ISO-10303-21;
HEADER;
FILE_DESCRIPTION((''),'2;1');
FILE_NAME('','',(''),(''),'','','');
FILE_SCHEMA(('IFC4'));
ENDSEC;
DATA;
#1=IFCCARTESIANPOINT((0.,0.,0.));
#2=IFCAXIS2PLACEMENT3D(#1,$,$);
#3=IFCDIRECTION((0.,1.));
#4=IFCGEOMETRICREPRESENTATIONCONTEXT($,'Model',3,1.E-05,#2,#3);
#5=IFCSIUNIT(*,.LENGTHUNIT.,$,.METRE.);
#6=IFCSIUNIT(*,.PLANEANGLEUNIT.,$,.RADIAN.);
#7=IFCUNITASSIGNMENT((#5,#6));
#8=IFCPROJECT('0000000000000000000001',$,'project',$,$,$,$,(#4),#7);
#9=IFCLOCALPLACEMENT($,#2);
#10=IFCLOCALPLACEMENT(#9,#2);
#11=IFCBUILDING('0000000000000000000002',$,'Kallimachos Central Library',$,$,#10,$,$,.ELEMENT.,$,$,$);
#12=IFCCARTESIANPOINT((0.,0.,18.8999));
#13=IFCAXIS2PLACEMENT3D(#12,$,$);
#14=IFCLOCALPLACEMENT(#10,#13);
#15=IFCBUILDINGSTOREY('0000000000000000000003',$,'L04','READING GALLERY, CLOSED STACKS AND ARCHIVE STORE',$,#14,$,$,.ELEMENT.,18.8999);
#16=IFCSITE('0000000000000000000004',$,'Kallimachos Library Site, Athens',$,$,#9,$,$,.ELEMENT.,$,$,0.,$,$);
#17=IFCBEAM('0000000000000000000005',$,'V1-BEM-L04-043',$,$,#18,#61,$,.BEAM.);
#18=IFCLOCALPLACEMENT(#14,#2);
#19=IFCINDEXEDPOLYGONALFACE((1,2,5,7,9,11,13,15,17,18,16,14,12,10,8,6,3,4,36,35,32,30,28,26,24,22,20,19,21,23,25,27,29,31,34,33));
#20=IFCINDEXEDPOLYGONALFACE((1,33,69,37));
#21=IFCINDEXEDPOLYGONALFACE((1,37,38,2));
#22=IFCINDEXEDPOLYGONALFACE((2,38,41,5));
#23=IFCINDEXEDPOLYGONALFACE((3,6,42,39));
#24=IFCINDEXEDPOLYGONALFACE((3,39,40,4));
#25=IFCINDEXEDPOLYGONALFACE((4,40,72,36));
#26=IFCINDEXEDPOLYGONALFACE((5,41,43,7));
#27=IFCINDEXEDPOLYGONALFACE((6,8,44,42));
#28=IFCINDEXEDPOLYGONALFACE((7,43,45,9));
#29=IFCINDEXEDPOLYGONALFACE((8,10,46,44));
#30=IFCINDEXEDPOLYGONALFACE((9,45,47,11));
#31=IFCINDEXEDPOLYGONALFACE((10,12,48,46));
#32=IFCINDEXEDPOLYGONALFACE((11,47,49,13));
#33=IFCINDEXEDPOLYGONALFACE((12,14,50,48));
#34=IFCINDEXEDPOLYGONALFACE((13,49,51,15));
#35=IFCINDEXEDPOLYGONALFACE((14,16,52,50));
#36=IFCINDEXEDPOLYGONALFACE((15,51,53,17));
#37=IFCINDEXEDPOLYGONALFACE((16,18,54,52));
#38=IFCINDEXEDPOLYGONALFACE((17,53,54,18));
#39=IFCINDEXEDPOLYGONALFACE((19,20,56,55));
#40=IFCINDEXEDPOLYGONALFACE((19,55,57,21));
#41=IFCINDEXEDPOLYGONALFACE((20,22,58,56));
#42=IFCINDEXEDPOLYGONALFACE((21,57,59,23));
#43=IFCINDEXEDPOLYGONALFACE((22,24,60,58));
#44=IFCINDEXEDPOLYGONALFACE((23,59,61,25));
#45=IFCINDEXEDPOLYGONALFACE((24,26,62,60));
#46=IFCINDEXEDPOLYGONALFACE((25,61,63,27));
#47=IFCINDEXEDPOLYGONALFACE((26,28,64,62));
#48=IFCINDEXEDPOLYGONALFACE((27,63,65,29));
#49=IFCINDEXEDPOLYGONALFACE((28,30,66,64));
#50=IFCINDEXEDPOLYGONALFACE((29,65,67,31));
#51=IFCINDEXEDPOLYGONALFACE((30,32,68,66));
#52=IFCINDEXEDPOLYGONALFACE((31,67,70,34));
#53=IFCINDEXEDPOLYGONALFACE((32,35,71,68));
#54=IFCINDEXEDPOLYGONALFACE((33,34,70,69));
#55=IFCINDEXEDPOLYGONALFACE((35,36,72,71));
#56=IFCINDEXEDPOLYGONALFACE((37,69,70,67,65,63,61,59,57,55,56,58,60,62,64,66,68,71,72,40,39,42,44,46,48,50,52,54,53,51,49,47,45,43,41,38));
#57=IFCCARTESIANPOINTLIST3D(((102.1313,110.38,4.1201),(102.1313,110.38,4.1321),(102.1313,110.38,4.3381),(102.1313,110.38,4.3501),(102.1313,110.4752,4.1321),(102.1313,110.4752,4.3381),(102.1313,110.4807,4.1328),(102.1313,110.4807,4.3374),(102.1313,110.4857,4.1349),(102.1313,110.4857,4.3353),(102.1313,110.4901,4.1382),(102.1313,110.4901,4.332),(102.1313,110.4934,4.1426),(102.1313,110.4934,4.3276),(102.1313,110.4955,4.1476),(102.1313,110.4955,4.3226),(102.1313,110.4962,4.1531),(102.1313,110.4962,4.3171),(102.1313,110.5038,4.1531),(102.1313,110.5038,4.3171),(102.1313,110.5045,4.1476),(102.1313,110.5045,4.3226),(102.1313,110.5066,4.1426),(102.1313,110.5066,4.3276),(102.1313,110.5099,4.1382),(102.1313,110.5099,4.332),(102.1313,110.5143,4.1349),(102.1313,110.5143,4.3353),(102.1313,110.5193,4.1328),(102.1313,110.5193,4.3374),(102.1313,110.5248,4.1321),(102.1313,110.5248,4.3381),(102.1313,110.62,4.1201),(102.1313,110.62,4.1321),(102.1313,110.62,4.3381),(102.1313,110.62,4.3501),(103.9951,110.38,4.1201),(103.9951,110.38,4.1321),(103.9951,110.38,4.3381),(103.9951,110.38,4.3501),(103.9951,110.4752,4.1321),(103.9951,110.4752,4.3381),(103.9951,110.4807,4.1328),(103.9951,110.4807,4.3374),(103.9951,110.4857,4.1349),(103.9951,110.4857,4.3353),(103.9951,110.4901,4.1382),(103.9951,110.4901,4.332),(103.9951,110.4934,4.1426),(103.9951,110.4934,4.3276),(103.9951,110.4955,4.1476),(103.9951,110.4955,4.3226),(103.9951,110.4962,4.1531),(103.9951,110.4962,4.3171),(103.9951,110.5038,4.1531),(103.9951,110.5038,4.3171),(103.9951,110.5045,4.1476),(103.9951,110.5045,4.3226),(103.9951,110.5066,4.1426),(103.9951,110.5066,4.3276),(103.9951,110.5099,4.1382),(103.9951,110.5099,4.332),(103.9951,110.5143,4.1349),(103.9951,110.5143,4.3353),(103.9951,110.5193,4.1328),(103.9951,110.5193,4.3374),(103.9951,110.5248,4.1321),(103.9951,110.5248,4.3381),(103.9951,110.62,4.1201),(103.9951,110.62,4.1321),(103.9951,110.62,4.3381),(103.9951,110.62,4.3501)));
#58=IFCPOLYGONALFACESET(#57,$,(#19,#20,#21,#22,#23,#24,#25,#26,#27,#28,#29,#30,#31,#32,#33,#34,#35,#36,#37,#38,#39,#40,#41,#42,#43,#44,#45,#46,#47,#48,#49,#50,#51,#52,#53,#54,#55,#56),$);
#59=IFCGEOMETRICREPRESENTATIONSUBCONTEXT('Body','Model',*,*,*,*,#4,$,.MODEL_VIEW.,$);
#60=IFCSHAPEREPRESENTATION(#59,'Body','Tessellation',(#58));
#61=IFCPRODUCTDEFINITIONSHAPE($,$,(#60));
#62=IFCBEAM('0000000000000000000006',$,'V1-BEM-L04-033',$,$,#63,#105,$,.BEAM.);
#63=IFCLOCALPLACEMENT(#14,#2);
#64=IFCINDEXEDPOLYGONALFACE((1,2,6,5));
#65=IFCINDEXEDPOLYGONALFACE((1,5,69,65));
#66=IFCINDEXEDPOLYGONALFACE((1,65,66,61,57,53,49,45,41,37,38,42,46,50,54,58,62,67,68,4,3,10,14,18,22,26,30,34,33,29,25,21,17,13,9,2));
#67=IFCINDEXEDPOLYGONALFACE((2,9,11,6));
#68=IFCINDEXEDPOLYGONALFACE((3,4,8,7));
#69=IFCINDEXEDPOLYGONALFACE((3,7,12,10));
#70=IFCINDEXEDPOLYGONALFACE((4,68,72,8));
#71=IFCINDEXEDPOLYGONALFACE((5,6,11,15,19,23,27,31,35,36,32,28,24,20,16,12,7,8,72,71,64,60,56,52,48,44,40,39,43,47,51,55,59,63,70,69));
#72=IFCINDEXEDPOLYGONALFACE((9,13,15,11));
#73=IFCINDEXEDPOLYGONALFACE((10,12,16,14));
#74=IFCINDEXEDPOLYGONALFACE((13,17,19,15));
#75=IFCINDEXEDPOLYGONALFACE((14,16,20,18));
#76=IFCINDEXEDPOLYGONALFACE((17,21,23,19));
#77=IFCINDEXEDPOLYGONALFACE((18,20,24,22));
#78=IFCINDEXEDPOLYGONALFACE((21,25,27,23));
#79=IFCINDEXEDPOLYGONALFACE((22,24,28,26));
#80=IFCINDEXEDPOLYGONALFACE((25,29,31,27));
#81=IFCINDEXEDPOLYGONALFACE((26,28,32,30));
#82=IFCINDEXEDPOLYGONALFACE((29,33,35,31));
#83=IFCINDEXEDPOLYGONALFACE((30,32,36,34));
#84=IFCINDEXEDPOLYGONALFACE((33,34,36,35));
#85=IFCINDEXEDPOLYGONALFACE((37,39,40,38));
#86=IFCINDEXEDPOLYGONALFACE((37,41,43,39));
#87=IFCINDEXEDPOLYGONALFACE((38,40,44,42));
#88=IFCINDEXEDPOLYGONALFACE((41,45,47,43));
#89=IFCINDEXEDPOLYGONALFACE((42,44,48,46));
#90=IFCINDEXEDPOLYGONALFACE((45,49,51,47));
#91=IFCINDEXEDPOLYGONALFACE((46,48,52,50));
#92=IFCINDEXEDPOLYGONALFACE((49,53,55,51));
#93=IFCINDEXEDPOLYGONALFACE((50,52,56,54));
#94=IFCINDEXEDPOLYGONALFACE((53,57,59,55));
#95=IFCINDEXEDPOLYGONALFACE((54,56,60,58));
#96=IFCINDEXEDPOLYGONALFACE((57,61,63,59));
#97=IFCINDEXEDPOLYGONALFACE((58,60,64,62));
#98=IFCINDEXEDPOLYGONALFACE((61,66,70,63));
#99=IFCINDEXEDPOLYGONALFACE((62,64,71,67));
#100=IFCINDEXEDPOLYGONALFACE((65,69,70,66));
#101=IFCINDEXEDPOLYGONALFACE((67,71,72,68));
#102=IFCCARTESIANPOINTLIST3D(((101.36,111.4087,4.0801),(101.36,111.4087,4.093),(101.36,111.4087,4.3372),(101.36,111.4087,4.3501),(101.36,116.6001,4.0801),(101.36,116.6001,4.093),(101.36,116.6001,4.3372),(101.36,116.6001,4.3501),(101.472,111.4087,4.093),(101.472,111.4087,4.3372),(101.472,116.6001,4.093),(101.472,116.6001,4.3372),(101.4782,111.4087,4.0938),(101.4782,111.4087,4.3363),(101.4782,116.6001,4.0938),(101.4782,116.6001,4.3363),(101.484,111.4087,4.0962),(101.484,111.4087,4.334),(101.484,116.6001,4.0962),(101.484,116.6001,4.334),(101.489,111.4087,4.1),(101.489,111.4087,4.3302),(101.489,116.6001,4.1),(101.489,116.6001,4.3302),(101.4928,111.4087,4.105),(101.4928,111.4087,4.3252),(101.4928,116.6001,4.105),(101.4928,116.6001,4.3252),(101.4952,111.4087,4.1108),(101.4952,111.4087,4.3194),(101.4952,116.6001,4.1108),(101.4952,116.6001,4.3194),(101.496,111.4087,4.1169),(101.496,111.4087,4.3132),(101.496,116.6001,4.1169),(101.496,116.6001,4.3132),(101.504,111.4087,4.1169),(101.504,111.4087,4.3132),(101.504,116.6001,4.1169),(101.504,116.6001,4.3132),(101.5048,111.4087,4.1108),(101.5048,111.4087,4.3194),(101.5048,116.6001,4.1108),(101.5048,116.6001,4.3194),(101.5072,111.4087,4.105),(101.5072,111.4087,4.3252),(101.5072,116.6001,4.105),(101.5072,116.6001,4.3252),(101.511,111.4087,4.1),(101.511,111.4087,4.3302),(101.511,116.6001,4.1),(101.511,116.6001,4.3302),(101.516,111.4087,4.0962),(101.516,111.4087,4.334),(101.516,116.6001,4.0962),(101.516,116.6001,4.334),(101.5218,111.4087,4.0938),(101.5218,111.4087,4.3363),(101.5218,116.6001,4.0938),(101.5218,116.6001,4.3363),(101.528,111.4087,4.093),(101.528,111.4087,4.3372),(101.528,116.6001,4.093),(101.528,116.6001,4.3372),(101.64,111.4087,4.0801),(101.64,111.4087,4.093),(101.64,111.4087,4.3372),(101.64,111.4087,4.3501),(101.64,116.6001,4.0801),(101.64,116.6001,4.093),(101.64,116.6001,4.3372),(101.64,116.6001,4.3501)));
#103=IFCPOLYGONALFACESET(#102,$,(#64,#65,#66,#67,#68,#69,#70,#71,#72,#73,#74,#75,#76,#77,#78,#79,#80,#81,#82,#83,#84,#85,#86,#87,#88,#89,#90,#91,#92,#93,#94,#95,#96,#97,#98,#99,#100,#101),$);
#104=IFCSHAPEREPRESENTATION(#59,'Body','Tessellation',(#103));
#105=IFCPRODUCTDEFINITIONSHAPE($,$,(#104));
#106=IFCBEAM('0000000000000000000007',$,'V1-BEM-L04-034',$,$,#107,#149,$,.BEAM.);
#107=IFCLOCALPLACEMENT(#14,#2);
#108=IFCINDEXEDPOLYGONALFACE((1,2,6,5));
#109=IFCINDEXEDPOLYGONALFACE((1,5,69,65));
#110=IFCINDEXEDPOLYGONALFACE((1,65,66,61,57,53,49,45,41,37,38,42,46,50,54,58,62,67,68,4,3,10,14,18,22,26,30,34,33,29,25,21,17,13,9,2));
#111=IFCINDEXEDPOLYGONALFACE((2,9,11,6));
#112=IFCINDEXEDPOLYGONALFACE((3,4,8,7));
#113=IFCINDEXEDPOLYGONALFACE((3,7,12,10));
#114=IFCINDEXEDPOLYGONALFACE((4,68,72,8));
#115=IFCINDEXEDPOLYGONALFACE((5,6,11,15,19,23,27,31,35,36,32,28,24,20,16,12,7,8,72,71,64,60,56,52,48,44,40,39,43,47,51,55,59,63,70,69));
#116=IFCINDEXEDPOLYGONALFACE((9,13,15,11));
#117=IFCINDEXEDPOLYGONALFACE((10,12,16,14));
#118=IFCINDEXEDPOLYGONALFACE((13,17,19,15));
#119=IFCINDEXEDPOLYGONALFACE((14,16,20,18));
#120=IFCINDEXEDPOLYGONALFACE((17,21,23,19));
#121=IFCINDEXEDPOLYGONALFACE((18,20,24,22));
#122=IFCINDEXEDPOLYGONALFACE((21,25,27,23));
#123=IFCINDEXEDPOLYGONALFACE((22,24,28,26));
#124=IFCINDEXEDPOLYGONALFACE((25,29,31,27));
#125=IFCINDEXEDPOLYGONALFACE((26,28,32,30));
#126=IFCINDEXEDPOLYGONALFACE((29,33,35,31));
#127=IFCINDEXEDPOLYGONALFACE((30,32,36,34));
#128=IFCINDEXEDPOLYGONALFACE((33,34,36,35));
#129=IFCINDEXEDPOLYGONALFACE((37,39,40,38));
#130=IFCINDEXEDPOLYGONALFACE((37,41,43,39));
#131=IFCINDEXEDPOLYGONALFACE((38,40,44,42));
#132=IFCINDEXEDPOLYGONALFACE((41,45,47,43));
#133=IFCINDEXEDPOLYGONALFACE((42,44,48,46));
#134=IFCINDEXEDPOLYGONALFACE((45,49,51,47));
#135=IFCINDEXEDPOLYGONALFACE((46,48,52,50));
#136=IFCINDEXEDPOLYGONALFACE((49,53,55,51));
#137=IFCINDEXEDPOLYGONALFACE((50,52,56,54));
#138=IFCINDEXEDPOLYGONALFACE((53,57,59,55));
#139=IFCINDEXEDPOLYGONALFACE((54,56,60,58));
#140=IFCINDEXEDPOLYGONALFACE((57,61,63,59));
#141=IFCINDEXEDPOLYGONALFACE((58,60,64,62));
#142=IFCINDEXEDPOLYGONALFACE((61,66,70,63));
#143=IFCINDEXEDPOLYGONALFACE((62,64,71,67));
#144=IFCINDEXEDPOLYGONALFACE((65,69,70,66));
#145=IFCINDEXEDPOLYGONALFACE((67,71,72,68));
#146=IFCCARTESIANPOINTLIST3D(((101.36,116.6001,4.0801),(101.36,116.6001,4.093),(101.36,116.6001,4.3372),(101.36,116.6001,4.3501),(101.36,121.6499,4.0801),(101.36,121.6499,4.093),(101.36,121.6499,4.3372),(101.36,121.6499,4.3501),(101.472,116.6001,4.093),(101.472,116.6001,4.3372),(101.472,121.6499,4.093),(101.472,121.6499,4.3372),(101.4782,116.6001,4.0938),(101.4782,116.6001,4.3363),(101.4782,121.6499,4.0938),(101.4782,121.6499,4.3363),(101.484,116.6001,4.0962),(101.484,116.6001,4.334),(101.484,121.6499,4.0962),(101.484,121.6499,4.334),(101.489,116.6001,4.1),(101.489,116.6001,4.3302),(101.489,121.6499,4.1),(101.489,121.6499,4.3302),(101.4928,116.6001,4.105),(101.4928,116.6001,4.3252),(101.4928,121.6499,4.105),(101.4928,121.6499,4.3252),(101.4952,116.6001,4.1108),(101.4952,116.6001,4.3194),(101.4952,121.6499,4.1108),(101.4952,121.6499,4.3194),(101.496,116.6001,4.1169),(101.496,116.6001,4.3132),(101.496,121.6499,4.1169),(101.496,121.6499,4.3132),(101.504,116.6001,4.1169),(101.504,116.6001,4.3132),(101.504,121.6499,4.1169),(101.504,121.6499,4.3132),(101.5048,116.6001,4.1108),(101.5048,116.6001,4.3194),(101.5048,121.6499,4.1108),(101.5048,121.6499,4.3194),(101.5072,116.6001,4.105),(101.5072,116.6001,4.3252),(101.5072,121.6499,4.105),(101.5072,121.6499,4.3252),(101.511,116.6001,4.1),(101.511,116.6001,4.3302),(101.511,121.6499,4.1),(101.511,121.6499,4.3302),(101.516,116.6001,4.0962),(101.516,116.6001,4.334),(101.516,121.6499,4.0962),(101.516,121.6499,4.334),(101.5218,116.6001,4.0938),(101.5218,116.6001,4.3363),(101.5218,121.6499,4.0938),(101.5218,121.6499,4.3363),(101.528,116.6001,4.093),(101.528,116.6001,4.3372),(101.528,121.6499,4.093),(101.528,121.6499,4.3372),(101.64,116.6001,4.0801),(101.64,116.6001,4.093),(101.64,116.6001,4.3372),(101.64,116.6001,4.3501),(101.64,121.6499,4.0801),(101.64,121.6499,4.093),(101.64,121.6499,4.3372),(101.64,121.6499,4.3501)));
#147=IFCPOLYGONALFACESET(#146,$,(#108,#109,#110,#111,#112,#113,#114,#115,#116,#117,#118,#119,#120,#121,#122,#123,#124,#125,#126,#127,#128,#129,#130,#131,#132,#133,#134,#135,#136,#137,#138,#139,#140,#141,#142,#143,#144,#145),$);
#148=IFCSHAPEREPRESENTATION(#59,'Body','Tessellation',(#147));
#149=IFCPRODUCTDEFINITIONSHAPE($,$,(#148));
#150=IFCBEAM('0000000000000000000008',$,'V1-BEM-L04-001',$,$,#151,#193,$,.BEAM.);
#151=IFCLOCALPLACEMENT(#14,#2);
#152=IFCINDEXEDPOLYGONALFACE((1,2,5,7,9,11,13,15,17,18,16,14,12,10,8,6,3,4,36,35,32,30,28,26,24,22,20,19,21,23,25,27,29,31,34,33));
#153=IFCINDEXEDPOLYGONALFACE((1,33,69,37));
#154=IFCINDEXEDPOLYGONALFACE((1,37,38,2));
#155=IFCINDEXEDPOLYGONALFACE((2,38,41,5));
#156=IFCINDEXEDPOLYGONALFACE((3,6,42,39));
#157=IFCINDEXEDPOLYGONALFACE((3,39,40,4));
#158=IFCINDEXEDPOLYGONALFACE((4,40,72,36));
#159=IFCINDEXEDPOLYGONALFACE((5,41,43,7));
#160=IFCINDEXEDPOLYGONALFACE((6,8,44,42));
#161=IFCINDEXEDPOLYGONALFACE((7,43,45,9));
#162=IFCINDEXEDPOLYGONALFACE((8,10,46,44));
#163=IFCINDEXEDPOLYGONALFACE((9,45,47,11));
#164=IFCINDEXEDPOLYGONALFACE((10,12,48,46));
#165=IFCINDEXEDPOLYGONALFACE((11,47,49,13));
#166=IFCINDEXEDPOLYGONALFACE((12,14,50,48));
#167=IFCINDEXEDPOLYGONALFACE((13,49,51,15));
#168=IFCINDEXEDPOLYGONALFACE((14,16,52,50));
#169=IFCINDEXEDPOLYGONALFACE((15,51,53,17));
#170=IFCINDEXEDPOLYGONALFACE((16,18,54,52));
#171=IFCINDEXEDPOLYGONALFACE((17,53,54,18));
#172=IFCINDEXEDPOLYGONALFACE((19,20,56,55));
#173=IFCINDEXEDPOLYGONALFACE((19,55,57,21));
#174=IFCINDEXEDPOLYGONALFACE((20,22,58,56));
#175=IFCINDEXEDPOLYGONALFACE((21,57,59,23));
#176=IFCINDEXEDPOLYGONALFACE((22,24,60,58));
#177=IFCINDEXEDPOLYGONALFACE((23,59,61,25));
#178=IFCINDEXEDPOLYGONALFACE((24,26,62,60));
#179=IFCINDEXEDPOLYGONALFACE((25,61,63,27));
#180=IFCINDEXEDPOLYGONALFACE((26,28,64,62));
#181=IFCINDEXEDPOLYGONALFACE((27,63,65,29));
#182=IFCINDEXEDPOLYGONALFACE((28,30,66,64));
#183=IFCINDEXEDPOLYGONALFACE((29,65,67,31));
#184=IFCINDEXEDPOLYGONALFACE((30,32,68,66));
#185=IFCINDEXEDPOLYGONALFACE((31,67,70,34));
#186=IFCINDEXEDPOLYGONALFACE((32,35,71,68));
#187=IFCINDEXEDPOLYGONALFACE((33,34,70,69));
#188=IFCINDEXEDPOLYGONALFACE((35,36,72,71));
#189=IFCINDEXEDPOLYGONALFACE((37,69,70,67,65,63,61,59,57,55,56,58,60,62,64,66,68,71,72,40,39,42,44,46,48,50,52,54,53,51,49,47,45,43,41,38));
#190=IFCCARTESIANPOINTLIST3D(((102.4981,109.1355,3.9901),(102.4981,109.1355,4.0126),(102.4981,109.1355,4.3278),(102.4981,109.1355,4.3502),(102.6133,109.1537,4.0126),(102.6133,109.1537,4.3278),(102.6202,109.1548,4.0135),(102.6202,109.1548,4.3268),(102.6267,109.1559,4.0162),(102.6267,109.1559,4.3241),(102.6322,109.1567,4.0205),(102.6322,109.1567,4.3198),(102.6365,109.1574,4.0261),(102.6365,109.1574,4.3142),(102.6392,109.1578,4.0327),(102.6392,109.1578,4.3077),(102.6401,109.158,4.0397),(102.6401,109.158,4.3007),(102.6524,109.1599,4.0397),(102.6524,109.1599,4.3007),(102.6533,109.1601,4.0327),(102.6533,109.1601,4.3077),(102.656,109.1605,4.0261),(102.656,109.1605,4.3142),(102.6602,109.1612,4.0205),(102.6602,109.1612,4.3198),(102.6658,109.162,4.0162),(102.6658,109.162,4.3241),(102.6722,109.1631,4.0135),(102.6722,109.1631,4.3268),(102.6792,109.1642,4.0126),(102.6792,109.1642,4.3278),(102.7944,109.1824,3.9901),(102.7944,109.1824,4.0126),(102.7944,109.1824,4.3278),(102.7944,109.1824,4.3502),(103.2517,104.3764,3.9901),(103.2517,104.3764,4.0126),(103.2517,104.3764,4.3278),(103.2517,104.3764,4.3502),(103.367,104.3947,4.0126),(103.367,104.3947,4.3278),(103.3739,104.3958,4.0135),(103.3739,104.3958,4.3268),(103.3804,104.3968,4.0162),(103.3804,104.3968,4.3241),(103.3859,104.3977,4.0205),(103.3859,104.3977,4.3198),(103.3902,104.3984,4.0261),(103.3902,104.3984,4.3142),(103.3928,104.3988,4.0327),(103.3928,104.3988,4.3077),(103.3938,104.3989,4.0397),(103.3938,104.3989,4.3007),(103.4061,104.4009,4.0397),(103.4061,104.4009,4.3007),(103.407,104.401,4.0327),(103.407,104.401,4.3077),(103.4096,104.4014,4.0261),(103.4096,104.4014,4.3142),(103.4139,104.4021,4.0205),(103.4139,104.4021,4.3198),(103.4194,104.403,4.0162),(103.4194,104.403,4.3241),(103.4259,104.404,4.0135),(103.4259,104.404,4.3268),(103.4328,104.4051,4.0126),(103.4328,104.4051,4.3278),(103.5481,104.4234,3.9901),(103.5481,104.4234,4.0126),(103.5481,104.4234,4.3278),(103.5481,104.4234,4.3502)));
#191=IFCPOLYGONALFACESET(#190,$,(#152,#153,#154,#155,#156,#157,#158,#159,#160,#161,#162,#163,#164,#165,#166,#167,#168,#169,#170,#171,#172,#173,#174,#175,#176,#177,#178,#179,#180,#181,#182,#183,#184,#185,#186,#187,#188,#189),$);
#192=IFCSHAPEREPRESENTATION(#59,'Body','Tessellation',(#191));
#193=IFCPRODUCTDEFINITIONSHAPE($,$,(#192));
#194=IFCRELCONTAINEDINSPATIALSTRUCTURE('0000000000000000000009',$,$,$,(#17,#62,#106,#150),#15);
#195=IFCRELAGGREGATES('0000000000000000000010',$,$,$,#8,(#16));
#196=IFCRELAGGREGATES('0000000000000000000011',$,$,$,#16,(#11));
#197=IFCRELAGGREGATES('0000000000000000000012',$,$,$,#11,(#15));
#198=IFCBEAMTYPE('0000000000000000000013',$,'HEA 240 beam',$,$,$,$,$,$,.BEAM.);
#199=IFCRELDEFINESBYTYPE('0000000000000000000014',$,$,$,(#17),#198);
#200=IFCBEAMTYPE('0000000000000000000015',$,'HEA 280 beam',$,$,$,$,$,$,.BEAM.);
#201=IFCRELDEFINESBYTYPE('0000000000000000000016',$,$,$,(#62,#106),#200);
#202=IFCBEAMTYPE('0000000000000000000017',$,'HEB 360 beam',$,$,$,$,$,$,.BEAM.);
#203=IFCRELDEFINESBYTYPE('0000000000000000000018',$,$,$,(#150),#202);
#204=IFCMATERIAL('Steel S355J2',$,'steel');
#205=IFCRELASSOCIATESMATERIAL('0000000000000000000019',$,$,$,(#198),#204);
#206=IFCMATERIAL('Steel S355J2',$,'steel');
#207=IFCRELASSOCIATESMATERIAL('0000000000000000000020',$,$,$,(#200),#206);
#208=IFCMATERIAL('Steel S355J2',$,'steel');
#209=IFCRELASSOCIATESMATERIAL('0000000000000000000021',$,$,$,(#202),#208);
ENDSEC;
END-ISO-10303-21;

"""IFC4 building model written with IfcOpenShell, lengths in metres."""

from ifc_helpers import new_model, si_unit, direction, frame, origin, origin_2d, place, context, subcontext, project, spatial, i_section, extrude, material, material_profile, profile_set, type_object, element, save


model = new_model("IFC4")

# Units and contexts
model_context = context("Model", 3, precision=1e-05, world=origin(), true_north=direction((0.0, 1.0)))
body_context = subcontext(model_context, "Body", "Model", "MODEL_VIEW")
ifc_project = project(units=[si_unit("LENGTHUNIT", "METRE"), si_unit("PLANEANGLEUNIT", "RADIAN")], contexts=[model_context])

# Site, building, storey
site_placement = place(None, origin())
site = spatial("IfcSite", under=ifc_project, at=site_placement, Name="Kallimachos Library Site, Athens", CompositionType="ELEMENT", RefElevation=0.0)
building_placement = place(site_placement, origin())
building = spatial("IfcBuilding", under=site, at=building_placement, Name="Kallimachos Central Library", CompositionType="ELEMENT")
storey_placement = place(building_placement, frame((0.0, 0.0, 18.8999)))
storey = spatial("IfcBuildingStorey", under=building, at=storey_placement, Name="L04", Description="READING GALLERY, CLOSED STACKS AND ARCHIVE STORE", CompositionType="ELEMENT", Elevation=18.8999)

# Beams
ifc_material_1 = material(Name="Steel S355J2", Category="steel")
ifc_material_profile_1 = material_profile(ifc_material_1, i_section(OverallWidth=0.24, OverallDepth=0.23, WebThickness=0.0076, FlangeThickness=0.012, FilletRadius=0.021, at=origin_2d()), Name="HEA 240")
ifc_profile_set_1 = profile_set([ifc_material_profile_1], Name="Steel S355J2")
beam_type_1 = type_object("IfcBeamType", Name="HEA 240 beam", PredefinedType="BEAM", material=ifc_profile_set_1)
beam_1_placement = place(storey_placement, frame((102.1313, 110.5, 4.2351), z_axis=(1.0, 0.0, 0.0), x_axis=(0.0, 1.0, 0.0)))
element("IfcBeam", 1, at=beam_1_placement, inside=storey, type_object=beam_type_1, Name="V1-BEM-L04-043", PredefinedType="BEAM", context=body_context, shape_type="SweptSolid", body=[
    extrude(i_section(OverallWidth=0.24, OverallDepth=0.23, WebThickness=0.0076, FlangeThickness=0.012, FilletRadius=0.021, at=origin_2d()), origin(), (0.0, 0.0, 1.0), 1.8638),
])
ifc_material_2 = material(Name="Steel S355J2", Category="steel")
ifc_material_profile_2 = material_profile(ifc_material_2, i_section(OverallWidth=0.28, OverallDepth=0.27, WebThickness=0.0081, FlangeThickness=0.0129, FilletRadius=0.0239, at=origin_2d()), Name="HEA 280")
ifc_profile_set_2 = profile_set([ifc_material_profile_2], Name="Steel S355J2")
beam_type_2 = type_object("IfcBeamType", Name="HEA 280 beam", PredefinedType="BEAM", material=ifc_profile_set_2)
beam_2_placement = place(storey_placement, frame((101.5, 111.4087, 4.2151), z_axis=(0.0, 1.0, 0.0), x_axis=(-1.0, 0.0, 0.0)))
element("IfcBeam", 2, at=beam_2_placement, inside=storey, type_object=beam_type_2, Name="V1-BEM-L04-033", PredefinedType="BEAM", context=body_context, shape_type="SweptSolid", body=[
    extrude(i_section(OverallWidth=0.28, OverallDepth=0.27, WebThickness=0.0081, FlangeThickness=0.0129, FilletRadius=0.0239, at=origin_2d()), origin(), (0.0, 0.0, 1.0), 5.1914),
])
beam_3_placement = place(storey_placement, frame((101.5, 116.6001, 4.2151), z_axis=(0.0, 1.0, 0.0), x_axis=(-1.0, 0.0, 0.0)))
element("IfcBeam", 3, at=beam_3_placement, inside=storey, type_object=beam_type_2, Name="V1-BEM-L04-034", PredefinedType="BEAM", context=body_context, shape_type="SweptSolid", body=[
    extrude(i_section(OverallWidth=0.28, OverallDepth=0.27, WebThickness=0.0081, FlangeThickness=0.0129, FilletRadius=0.0239, at=origin_2d()), origin(), (0.0, 0.0, 1.0), 5.0498),
])
ifc_material_3 = material(Name="Steel S355J2", Category="steel")
ifc_material_profile_3 = material_profile(ifc_material_3, i_section(OverallWidth=0.3, OverallDepth=0.3601, WebThickness=0.0125, FlangeThickness=0.0225, FilletRadius=0.0271, at=origin_2d()), Name="HEB 360")
ifc_profile_set_3 = profile_set([ifc_material_profile_3], Name="Steel S355J2")
beam_type_3 = type_object("IfcBeamType", Name="HEB 360 beam", PredefinedType="BEAM", material=ifc_profile_set_3)
beam_4_placement = place(storey_placement, frame((103.3999, 104.3999, 4.1702), z_axis=(-0.156415, 0.987691, 0.0), x_axis=(-0.987691, -0.156415, 0.0)))
element("IfcBeam", 4, at=beam_4_placement, inside=storey, type_object=beam_type_3, Name="V1-BEM-L04-001", PredefinedType="BEAM", context=body_context, shape_type="SweptSolid", body=[
    extrude(i_section(OverallWidth=0.3, OverallDepth=0.3601, WebThickness=0.0125, FlangeThickness=0.0225, FilletRadius=0.0271, at=origin_2d()), origin(), (0.0, 0.0, 1.0), 4.8184),
])

save(model, "model.ifc")
